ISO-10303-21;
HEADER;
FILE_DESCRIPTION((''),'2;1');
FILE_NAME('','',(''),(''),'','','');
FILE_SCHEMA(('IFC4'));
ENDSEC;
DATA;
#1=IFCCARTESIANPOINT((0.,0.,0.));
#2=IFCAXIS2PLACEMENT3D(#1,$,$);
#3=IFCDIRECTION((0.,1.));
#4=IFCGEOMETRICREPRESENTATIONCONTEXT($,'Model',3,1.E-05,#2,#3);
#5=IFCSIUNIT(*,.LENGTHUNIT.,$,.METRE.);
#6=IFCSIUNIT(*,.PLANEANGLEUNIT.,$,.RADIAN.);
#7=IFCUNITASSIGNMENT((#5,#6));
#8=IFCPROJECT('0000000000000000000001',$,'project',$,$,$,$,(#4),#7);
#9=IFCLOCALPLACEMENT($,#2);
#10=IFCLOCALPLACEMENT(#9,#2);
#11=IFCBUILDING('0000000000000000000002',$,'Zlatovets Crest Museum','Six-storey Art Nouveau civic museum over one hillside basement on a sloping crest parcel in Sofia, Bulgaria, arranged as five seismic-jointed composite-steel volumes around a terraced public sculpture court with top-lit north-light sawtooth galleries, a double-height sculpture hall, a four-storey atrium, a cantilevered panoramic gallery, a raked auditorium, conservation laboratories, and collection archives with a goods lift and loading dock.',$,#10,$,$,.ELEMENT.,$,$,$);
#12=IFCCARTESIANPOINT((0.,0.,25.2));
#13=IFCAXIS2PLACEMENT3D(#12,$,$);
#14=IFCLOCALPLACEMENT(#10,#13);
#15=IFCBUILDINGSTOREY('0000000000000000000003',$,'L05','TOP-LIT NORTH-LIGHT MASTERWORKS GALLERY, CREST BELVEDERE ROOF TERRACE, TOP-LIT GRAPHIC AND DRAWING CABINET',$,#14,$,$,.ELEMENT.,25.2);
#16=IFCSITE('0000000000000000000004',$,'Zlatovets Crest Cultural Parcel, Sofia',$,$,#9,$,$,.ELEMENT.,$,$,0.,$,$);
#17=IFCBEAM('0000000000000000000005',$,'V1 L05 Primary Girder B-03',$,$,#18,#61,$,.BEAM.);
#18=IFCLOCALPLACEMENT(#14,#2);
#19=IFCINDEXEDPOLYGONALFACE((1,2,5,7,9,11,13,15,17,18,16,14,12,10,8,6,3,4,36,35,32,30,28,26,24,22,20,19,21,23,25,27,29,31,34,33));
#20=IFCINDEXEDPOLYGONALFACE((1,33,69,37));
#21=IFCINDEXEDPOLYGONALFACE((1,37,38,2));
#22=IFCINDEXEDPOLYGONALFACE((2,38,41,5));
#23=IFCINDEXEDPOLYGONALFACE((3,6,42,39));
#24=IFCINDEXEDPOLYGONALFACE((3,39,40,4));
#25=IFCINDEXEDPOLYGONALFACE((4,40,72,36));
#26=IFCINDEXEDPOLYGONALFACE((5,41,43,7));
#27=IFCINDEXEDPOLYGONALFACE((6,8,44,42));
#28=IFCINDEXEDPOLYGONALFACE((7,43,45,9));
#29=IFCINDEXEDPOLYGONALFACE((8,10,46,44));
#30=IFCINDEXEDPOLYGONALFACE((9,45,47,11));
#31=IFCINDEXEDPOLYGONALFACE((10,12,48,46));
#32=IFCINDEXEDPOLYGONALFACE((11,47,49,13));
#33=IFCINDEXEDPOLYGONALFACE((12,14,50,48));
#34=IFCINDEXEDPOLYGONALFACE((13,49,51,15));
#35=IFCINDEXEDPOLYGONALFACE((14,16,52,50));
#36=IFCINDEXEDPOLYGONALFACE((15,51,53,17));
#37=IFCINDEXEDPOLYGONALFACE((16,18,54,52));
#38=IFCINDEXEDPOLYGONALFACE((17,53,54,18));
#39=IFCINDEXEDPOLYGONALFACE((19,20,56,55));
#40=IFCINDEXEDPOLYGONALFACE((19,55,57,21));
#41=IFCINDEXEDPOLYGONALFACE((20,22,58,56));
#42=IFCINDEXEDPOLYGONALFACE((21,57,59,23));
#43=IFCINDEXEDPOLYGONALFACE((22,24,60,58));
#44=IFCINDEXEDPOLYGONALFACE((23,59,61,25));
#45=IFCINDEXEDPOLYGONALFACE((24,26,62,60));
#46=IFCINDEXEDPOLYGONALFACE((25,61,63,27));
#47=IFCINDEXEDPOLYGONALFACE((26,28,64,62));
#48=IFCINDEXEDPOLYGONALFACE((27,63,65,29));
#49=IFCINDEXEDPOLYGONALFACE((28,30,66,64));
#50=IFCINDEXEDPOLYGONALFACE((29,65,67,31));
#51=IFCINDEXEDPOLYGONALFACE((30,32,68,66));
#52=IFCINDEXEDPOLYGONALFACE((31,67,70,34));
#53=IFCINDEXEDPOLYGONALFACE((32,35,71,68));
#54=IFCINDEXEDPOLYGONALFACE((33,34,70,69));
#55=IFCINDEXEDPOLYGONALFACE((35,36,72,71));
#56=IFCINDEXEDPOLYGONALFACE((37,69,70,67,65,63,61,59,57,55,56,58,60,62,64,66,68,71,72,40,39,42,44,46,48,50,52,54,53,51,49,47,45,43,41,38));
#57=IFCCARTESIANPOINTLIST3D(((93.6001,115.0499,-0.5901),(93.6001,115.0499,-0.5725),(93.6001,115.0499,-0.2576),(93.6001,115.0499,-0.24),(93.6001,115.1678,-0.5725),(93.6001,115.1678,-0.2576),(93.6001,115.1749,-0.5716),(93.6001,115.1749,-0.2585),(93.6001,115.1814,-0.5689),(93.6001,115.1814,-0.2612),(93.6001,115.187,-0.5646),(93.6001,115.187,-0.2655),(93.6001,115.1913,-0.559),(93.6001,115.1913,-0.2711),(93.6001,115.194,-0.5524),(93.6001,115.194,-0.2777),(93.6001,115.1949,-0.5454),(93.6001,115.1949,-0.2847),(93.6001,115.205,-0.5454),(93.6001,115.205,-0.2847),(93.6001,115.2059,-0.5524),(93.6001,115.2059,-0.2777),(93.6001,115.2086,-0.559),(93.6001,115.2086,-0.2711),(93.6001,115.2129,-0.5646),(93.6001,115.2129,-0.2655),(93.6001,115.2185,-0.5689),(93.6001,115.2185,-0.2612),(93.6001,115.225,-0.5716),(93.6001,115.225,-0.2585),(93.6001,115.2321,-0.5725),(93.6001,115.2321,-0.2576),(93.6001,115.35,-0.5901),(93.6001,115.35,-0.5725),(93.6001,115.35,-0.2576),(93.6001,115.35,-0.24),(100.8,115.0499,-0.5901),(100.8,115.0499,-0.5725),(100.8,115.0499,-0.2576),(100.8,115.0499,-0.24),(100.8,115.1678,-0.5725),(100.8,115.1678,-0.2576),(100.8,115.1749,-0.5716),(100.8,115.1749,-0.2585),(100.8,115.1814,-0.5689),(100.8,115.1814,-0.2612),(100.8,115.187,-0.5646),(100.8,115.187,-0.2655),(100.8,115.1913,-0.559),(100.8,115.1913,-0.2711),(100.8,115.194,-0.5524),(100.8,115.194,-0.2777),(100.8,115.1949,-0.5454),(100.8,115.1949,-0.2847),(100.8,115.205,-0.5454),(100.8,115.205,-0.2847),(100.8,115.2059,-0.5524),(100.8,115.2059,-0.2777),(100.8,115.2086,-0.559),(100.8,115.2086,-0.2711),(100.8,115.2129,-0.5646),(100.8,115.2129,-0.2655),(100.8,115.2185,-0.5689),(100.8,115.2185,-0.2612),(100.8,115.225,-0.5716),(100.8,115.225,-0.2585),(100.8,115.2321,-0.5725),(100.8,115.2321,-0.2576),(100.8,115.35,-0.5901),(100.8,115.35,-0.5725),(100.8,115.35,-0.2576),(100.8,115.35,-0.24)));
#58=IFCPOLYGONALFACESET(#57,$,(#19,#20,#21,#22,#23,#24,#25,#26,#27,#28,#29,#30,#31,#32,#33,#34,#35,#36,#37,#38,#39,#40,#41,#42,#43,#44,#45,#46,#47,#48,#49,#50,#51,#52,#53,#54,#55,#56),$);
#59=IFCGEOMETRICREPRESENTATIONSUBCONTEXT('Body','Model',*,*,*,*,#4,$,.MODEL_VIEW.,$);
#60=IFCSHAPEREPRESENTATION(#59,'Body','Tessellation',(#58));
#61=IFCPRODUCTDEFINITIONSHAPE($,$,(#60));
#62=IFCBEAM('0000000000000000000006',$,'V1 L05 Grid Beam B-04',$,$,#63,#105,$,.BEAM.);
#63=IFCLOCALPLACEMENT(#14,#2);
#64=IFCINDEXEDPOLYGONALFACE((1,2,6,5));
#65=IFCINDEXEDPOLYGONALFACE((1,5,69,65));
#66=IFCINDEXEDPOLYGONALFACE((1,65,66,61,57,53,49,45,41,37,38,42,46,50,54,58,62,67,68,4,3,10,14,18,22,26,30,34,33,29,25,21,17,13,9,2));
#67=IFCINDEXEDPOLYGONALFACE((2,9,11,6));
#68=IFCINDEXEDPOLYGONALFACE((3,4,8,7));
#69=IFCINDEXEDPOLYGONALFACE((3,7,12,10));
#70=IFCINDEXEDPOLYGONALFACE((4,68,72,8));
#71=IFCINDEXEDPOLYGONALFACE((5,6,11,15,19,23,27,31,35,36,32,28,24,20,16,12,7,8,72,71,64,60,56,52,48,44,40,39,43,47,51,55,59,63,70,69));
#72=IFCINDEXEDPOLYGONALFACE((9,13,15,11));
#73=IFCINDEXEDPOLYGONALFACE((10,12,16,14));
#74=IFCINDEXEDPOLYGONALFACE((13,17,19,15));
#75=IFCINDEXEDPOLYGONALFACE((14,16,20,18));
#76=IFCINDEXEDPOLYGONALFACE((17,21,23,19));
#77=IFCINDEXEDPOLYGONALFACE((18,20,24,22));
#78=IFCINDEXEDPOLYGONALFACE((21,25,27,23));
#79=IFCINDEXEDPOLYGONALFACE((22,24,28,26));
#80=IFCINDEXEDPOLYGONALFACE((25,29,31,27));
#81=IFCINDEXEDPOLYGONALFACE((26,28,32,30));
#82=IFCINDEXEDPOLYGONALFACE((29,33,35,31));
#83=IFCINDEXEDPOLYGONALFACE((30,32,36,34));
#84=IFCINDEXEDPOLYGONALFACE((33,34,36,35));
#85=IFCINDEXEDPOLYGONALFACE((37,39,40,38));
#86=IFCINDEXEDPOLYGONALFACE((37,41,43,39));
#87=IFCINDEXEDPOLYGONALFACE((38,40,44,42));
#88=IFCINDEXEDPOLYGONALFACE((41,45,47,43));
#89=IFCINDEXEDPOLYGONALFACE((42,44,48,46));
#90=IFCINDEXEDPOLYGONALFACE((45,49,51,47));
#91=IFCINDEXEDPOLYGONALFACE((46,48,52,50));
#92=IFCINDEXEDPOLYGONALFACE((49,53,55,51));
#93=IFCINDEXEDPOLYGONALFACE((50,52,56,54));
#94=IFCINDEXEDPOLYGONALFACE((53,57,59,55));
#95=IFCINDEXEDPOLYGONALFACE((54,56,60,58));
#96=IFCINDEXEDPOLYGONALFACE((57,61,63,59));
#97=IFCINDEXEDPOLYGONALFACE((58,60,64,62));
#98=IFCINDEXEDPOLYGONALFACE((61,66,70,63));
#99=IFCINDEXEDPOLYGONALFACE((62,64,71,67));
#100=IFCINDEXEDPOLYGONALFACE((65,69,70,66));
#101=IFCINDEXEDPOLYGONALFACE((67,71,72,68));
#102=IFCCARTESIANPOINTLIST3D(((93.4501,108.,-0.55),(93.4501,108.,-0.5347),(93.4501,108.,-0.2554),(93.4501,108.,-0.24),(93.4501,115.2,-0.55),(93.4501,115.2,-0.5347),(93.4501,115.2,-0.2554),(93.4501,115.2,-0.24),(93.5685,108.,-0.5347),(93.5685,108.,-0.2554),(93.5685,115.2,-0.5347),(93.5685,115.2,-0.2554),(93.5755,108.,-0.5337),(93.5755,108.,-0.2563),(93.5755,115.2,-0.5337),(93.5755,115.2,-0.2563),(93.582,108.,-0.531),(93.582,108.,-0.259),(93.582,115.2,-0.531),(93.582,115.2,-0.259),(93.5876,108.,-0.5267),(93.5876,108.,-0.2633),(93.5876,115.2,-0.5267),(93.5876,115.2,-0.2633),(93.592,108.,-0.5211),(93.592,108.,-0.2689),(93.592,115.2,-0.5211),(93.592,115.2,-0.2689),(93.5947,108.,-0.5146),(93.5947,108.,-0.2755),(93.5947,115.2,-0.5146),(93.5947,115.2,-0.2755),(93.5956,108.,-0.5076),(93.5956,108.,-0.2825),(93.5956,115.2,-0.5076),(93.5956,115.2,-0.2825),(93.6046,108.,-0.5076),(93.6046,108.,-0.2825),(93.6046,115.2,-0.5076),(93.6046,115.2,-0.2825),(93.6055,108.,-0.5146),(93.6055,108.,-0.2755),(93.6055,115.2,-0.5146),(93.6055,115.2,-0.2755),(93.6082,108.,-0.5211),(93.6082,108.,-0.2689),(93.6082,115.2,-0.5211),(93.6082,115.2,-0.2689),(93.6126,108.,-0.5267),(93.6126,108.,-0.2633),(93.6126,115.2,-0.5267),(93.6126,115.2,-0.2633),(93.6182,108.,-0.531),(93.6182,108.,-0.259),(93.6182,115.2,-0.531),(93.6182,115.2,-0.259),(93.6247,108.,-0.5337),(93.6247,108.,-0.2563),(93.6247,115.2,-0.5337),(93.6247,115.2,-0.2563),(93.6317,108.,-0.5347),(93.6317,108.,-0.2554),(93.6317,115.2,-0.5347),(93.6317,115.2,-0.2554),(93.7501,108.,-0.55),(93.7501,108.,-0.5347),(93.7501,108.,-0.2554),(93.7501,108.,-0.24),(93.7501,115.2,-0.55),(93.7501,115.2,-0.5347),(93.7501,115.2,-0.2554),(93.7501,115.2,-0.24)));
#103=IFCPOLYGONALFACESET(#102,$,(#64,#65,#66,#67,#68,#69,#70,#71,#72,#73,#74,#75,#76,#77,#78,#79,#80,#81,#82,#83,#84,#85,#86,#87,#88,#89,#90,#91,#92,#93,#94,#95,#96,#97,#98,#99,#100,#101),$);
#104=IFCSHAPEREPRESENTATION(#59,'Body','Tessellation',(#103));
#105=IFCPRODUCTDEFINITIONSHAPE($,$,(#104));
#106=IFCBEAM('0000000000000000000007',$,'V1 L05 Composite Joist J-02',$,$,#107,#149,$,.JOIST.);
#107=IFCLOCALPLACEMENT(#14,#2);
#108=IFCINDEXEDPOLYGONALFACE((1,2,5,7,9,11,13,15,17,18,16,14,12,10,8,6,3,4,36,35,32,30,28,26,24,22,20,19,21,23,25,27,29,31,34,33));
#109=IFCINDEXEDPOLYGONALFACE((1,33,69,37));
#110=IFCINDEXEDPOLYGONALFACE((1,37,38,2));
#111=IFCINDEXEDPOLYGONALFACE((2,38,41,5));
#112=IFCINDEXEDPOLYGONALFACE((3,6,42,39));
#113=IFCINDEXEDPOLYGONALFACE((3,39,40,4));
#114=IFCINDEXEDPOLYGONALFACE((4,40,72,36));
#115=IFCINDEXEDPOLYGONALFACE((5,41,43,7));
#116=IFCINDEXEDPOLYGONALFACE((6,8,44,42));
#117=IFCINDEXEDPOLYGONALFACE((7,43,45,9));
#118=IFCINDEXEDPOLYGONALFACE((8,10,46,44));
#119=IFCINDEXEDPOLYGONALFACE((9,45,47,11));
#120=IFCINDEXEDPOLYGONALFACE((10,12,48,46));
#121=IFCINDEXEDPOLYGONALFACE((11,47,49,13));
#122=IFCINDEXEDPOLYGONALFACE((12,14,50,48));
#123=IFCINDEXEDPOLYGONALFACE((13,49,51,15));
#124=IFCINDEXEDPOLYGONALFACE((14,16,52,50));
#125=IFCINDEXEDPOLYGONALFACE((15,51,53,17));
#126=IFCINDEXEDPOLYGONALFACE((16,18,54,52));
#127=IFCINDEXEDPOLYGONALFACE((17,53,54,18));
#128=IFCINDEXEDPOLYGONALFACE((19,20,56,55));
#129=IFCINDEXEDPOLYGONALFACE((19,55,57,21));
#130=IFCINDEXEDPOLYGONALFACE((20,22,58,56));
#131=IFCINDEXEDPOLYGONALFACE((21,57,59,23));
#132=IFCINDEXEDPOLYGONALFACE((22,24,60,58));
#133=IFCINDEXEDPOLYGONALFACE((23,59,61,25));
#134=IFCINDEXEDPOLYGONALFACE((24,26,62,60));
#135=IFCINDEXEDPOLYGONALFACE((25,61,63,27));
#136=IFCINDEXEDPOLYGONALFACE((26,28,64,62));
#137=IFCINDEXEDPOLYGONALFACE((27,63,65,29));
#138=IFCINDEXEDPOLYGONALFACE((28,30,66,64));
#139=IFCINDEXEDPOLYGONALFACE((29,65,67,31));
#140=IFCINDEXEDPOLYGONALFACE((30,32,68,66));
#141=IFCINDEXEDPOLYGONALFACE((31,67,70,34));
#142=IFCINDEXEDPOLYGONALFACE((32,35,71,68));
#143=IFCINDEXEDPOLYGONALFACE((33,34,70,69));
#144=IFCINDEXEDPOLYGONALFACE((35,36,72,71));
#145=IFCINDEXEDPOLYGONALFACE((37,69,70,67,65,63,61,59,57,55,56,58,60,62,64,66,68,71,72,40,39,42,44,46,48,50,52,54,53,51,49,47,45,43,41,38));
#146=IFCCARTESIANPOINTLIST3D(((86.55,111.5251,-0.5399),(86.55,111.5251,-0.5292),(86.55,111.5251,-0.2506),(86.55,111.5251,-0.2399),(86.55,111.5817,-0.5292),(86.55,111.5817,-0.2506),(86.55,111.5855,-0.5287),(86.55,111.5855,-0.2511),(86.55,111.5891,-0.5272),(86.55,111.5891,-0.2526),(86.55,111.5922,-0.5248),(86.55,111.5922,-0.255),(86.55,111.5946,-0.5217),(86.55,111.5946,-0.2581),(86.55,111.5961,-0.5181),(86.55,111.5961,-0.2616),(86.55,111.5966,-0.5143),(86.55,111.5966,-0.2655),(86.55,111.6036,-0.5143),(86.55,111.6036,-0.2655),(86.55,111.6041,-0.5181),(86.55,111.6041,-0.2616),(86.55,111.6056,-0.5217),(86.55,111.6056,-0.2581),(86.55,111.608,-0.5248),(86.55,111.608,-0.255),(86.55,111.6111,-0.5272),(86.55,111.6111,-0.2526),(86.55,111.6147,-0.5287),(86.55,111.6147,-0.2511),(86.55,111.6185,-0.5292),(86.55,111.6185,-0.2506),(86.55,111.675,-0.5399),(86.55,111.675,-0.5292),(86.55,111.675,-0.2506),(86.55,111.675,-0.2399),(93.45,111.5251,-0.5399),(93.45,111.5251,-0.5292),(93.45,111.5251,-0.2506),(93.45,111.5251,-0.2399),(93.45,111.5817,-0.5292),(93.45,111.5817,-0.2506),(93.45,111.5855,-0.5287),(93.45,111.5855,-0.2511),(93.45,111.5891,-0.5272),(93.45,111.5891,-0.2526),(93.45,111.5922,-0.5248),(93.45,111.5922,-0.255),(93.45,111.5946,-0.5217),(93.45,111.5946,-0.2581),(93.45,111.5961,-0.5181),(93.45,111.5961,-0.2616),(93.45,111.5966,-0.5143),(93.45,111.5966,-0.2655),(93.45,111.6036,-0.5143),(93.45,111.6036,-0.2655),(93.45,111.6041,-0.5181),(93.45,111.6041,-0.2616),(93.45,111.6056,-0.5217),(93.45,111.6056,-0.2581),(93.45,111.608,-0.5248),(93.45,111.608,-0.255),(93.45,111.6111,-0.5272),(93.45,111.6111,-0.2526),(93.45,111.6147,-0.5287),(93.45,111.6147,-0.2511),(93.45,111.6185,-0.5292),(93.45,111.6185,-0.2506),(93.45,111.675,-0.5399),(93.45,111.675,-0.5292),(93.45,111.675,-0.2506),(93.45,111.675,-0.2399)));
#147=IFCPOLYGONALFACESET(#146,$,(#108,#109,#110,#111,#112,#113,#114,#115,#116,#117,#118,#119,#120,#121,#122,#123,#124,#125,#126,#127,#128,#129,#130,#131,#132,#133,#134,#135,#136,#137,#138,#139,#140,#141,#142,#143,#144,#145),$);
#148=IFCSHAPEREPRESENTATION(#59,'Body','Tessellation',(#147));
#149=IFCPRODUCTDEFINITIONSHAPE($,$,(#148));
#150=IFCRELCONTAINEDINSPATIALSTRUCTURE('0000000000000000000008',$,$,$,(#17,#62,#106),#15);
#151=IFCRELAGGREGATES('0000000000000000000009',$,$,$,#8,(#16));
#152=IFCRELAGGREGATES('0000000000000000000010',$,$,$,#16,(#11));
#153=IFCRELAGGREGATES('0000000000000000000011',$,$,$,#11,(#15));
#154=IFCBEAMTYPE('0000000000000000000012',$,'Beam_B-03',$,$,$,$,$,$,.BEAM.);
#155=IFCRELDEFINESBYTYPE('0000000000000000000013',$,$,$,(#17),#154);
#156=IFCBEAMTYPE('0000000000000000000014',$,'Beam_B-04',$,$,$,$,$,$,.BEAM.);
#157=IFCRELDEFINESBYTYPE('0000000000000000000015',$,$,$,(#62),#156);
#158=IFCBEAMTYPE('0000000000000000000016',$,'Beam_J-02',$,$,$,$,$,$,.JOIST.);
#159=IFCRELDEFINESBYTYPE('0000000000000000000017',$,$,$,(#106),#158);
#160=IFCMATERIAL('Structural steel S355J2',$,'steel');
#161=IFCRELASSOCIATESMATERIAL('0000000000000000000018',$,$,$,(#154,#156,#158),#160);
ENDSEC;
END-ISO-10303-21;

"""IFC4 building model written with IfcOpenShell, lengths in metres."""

from ifc_helpers import new_model, si_unit, direction, frame, origin, origin_2d, place, context, subcontext, project, spatial, i_section, extrude, material, material_profile, profile_set, type_object, element, save


model = new_model("IFC4")

# Units and contexts
model_context = context("Model", 3, precision=1e-05, world=origin(), true_north=direction((0.0, 1.0)))
body_context = subcontext(model_context, "Body", "Model", "MODEL_VIEW")
ifc_project = project(units=[si_unit("LENGTHUNIT", "METRE"), si_unit("PLANEANGLEUNIT", "RADIAN")], contexts=[model_context])

# Site, building, storey
site_placement = place(None, origin())
site = spatial("IfcSite", under=ifc_project, at=site_placement, Name="Zlatovets Crest Cultural Parcel, Sofia", CompositionType="ELEMENT", RefElevation=0.0)
building_placement = place(site_placement, origin())
building = spatial("IfcBuilding", under=site, at=building_placement, Name="Zlatovets Crest Museum", Description="Six-storey Art Nouveau civic museum over one hillside basement on a sloping crest parcel in Sofia, Bulgaria, arranged as five seismic-jointed composite-steel volumes around a terraced public sculpture court with top-lit north-light sawtooth galleries, a double-height sculpture hall, a four-storey atrium, a cantilevered panoramic gallery, a raked auditorium, conservation laboratories, and collection archives with a goods lift and loading dock.", CompositionType="ELEMENT")
storey_placement = place(building_placement, frame((0.0, 0.0, 25.2)))
storey = spatial("IfcBuildingStorey", under=building, at=storey_placement, Name="L05", Description="TOP-LIT NORTH-LIGHT MASTERWORKS GALLERY, CREST BELVEDERE ROOF TERRACE, TOP-LIT GRAPHIC AND DRAWING CABINET", CompositionType="ELEMENT", Elevation=25.2)

# Shared definitions
ifc_material_1 = material(Name="Structural steel S355J2", Category="steel")

# Beams
ifc_material_profile_1 = material_profile(ifc_material_1, i_section(OverallWidth=0.3, OverallDepth=0.3501, WebThickness=0.01, FlangeThickness=0.0176, FilletRadius=0.0271, at=origin_2d()), Name="HEA 360")
ifc_profile_set_1 = profile_set([ifc_material_profile_1], Name="Structural steel S355J2")
beam_type_1 = type_object("IfcBeamType", Name="Beam_B-03", PredefinedType="BEAM", material=ifc_profile_set_1)
beam_1_placement = place(storey_placement, frame((93.6001, 115.2, -0.415), z_axis=(1.0, 0.0, 0.0), x_axis=(0.0, 1.0, 0.0)))
element("IfcBeam", 1, at=beam_1_placement, inside=storey, type_object=beam_type_1, Name="V1 L05 Primary Girder B-03", PredefinedType="BEAM", context=body_context, shape_type="SweptSolid", body=[
    extrude(i_section(OverallWidth=0.3, OverallDepth=0.3501, WebThickness=0.01, FlangeThickness=0.0176, FilletRadius=0.0271, at=origin_2d()), origin(), (0.0, 0.0, 1.0), 7.2),
])
ifc_material_profile_2 = material_profile(ifc_material_1, i_section(OverallWidth=0.3, OverallDepth=0.3101, WebThickness=0.009, FlangeThickness=0.0154, FilletRadius=0.0271, at=origin_2d()), Name="HEA 320")
ifc_profile_set_2 = profile_set([ifc_material_profile_2], Name="Structural steel S355J2")
beam_type_2 = type_object("IfcBeamType", Name="Beam_B-04", PredefinedType="BEAM", material=ifc_profile_set_2)
beam_2_placement = place(storey_placement, frame((93.6001, 108.0, -0.395), z_axis=(0.0, 1.0, 0.0), x_axis=(-1.0, 0.0, 0.0)))
element("IfcBeam", 2, at=beam_2_placement, inside=storey, type_object=beam_type_2, Name="V1 L05 Grid Beam B-04", PredefinedType="BEAM", context=body_context, shape_type="SweptSolid", body=[
    extrude(i_section(OverallWidth=0.3, OverallDepth=0.3101, WebThickness=0.009, FlangeThickness=0.0154, FilletRadius=0.0271, at=origin_2d()), origin(), (0.0, 0.0, 1.0), 7.2),
])
ifc_material_profile_3 = material_profile(ifc_material_1, i_section(OverallWidth=0.1499, OverallDepth=0.3, WebThickness=0.0071, FlangeThickness=0.0107, FilletRadius=0.0149, at=origin_2d()), Name="IPE 300")
ifc_profile_set_3 = profile_set([ifc_material_profile_3], Name="Structural steel S355J2")
beam_type_3 = type_object("IfcBeamType", Name="Beam_J-02", PredefinedType="JOIST", material=ifc_profile_set_3)
beam_3_placement = place(storey_placement, frame((86.55, 111.6001, -0.3899), z_axis=(1.0, 0.0, 0.0), x_axis=(0.0, 1.0, 0.0)))
element("IfcBeam", 3, at=beam_3_placement, inside=storey, type_object=beam_type_3, Name="V1 L05 Composite Joist J-02", PredefinedType="JOIST", context=body_context, shape_type="SweptSolid", body=[
    extrude(i_section(OverallWidth=0.1499, OverallDepth=0.3, WebThickness=0.0071, FlangeThickness=0.0107, FilletRadius=0.0149, at=origin_2d()), origin(), (0.0, 0.0, 1.0), 6.8999),
])

save(model, "model.ifc")
